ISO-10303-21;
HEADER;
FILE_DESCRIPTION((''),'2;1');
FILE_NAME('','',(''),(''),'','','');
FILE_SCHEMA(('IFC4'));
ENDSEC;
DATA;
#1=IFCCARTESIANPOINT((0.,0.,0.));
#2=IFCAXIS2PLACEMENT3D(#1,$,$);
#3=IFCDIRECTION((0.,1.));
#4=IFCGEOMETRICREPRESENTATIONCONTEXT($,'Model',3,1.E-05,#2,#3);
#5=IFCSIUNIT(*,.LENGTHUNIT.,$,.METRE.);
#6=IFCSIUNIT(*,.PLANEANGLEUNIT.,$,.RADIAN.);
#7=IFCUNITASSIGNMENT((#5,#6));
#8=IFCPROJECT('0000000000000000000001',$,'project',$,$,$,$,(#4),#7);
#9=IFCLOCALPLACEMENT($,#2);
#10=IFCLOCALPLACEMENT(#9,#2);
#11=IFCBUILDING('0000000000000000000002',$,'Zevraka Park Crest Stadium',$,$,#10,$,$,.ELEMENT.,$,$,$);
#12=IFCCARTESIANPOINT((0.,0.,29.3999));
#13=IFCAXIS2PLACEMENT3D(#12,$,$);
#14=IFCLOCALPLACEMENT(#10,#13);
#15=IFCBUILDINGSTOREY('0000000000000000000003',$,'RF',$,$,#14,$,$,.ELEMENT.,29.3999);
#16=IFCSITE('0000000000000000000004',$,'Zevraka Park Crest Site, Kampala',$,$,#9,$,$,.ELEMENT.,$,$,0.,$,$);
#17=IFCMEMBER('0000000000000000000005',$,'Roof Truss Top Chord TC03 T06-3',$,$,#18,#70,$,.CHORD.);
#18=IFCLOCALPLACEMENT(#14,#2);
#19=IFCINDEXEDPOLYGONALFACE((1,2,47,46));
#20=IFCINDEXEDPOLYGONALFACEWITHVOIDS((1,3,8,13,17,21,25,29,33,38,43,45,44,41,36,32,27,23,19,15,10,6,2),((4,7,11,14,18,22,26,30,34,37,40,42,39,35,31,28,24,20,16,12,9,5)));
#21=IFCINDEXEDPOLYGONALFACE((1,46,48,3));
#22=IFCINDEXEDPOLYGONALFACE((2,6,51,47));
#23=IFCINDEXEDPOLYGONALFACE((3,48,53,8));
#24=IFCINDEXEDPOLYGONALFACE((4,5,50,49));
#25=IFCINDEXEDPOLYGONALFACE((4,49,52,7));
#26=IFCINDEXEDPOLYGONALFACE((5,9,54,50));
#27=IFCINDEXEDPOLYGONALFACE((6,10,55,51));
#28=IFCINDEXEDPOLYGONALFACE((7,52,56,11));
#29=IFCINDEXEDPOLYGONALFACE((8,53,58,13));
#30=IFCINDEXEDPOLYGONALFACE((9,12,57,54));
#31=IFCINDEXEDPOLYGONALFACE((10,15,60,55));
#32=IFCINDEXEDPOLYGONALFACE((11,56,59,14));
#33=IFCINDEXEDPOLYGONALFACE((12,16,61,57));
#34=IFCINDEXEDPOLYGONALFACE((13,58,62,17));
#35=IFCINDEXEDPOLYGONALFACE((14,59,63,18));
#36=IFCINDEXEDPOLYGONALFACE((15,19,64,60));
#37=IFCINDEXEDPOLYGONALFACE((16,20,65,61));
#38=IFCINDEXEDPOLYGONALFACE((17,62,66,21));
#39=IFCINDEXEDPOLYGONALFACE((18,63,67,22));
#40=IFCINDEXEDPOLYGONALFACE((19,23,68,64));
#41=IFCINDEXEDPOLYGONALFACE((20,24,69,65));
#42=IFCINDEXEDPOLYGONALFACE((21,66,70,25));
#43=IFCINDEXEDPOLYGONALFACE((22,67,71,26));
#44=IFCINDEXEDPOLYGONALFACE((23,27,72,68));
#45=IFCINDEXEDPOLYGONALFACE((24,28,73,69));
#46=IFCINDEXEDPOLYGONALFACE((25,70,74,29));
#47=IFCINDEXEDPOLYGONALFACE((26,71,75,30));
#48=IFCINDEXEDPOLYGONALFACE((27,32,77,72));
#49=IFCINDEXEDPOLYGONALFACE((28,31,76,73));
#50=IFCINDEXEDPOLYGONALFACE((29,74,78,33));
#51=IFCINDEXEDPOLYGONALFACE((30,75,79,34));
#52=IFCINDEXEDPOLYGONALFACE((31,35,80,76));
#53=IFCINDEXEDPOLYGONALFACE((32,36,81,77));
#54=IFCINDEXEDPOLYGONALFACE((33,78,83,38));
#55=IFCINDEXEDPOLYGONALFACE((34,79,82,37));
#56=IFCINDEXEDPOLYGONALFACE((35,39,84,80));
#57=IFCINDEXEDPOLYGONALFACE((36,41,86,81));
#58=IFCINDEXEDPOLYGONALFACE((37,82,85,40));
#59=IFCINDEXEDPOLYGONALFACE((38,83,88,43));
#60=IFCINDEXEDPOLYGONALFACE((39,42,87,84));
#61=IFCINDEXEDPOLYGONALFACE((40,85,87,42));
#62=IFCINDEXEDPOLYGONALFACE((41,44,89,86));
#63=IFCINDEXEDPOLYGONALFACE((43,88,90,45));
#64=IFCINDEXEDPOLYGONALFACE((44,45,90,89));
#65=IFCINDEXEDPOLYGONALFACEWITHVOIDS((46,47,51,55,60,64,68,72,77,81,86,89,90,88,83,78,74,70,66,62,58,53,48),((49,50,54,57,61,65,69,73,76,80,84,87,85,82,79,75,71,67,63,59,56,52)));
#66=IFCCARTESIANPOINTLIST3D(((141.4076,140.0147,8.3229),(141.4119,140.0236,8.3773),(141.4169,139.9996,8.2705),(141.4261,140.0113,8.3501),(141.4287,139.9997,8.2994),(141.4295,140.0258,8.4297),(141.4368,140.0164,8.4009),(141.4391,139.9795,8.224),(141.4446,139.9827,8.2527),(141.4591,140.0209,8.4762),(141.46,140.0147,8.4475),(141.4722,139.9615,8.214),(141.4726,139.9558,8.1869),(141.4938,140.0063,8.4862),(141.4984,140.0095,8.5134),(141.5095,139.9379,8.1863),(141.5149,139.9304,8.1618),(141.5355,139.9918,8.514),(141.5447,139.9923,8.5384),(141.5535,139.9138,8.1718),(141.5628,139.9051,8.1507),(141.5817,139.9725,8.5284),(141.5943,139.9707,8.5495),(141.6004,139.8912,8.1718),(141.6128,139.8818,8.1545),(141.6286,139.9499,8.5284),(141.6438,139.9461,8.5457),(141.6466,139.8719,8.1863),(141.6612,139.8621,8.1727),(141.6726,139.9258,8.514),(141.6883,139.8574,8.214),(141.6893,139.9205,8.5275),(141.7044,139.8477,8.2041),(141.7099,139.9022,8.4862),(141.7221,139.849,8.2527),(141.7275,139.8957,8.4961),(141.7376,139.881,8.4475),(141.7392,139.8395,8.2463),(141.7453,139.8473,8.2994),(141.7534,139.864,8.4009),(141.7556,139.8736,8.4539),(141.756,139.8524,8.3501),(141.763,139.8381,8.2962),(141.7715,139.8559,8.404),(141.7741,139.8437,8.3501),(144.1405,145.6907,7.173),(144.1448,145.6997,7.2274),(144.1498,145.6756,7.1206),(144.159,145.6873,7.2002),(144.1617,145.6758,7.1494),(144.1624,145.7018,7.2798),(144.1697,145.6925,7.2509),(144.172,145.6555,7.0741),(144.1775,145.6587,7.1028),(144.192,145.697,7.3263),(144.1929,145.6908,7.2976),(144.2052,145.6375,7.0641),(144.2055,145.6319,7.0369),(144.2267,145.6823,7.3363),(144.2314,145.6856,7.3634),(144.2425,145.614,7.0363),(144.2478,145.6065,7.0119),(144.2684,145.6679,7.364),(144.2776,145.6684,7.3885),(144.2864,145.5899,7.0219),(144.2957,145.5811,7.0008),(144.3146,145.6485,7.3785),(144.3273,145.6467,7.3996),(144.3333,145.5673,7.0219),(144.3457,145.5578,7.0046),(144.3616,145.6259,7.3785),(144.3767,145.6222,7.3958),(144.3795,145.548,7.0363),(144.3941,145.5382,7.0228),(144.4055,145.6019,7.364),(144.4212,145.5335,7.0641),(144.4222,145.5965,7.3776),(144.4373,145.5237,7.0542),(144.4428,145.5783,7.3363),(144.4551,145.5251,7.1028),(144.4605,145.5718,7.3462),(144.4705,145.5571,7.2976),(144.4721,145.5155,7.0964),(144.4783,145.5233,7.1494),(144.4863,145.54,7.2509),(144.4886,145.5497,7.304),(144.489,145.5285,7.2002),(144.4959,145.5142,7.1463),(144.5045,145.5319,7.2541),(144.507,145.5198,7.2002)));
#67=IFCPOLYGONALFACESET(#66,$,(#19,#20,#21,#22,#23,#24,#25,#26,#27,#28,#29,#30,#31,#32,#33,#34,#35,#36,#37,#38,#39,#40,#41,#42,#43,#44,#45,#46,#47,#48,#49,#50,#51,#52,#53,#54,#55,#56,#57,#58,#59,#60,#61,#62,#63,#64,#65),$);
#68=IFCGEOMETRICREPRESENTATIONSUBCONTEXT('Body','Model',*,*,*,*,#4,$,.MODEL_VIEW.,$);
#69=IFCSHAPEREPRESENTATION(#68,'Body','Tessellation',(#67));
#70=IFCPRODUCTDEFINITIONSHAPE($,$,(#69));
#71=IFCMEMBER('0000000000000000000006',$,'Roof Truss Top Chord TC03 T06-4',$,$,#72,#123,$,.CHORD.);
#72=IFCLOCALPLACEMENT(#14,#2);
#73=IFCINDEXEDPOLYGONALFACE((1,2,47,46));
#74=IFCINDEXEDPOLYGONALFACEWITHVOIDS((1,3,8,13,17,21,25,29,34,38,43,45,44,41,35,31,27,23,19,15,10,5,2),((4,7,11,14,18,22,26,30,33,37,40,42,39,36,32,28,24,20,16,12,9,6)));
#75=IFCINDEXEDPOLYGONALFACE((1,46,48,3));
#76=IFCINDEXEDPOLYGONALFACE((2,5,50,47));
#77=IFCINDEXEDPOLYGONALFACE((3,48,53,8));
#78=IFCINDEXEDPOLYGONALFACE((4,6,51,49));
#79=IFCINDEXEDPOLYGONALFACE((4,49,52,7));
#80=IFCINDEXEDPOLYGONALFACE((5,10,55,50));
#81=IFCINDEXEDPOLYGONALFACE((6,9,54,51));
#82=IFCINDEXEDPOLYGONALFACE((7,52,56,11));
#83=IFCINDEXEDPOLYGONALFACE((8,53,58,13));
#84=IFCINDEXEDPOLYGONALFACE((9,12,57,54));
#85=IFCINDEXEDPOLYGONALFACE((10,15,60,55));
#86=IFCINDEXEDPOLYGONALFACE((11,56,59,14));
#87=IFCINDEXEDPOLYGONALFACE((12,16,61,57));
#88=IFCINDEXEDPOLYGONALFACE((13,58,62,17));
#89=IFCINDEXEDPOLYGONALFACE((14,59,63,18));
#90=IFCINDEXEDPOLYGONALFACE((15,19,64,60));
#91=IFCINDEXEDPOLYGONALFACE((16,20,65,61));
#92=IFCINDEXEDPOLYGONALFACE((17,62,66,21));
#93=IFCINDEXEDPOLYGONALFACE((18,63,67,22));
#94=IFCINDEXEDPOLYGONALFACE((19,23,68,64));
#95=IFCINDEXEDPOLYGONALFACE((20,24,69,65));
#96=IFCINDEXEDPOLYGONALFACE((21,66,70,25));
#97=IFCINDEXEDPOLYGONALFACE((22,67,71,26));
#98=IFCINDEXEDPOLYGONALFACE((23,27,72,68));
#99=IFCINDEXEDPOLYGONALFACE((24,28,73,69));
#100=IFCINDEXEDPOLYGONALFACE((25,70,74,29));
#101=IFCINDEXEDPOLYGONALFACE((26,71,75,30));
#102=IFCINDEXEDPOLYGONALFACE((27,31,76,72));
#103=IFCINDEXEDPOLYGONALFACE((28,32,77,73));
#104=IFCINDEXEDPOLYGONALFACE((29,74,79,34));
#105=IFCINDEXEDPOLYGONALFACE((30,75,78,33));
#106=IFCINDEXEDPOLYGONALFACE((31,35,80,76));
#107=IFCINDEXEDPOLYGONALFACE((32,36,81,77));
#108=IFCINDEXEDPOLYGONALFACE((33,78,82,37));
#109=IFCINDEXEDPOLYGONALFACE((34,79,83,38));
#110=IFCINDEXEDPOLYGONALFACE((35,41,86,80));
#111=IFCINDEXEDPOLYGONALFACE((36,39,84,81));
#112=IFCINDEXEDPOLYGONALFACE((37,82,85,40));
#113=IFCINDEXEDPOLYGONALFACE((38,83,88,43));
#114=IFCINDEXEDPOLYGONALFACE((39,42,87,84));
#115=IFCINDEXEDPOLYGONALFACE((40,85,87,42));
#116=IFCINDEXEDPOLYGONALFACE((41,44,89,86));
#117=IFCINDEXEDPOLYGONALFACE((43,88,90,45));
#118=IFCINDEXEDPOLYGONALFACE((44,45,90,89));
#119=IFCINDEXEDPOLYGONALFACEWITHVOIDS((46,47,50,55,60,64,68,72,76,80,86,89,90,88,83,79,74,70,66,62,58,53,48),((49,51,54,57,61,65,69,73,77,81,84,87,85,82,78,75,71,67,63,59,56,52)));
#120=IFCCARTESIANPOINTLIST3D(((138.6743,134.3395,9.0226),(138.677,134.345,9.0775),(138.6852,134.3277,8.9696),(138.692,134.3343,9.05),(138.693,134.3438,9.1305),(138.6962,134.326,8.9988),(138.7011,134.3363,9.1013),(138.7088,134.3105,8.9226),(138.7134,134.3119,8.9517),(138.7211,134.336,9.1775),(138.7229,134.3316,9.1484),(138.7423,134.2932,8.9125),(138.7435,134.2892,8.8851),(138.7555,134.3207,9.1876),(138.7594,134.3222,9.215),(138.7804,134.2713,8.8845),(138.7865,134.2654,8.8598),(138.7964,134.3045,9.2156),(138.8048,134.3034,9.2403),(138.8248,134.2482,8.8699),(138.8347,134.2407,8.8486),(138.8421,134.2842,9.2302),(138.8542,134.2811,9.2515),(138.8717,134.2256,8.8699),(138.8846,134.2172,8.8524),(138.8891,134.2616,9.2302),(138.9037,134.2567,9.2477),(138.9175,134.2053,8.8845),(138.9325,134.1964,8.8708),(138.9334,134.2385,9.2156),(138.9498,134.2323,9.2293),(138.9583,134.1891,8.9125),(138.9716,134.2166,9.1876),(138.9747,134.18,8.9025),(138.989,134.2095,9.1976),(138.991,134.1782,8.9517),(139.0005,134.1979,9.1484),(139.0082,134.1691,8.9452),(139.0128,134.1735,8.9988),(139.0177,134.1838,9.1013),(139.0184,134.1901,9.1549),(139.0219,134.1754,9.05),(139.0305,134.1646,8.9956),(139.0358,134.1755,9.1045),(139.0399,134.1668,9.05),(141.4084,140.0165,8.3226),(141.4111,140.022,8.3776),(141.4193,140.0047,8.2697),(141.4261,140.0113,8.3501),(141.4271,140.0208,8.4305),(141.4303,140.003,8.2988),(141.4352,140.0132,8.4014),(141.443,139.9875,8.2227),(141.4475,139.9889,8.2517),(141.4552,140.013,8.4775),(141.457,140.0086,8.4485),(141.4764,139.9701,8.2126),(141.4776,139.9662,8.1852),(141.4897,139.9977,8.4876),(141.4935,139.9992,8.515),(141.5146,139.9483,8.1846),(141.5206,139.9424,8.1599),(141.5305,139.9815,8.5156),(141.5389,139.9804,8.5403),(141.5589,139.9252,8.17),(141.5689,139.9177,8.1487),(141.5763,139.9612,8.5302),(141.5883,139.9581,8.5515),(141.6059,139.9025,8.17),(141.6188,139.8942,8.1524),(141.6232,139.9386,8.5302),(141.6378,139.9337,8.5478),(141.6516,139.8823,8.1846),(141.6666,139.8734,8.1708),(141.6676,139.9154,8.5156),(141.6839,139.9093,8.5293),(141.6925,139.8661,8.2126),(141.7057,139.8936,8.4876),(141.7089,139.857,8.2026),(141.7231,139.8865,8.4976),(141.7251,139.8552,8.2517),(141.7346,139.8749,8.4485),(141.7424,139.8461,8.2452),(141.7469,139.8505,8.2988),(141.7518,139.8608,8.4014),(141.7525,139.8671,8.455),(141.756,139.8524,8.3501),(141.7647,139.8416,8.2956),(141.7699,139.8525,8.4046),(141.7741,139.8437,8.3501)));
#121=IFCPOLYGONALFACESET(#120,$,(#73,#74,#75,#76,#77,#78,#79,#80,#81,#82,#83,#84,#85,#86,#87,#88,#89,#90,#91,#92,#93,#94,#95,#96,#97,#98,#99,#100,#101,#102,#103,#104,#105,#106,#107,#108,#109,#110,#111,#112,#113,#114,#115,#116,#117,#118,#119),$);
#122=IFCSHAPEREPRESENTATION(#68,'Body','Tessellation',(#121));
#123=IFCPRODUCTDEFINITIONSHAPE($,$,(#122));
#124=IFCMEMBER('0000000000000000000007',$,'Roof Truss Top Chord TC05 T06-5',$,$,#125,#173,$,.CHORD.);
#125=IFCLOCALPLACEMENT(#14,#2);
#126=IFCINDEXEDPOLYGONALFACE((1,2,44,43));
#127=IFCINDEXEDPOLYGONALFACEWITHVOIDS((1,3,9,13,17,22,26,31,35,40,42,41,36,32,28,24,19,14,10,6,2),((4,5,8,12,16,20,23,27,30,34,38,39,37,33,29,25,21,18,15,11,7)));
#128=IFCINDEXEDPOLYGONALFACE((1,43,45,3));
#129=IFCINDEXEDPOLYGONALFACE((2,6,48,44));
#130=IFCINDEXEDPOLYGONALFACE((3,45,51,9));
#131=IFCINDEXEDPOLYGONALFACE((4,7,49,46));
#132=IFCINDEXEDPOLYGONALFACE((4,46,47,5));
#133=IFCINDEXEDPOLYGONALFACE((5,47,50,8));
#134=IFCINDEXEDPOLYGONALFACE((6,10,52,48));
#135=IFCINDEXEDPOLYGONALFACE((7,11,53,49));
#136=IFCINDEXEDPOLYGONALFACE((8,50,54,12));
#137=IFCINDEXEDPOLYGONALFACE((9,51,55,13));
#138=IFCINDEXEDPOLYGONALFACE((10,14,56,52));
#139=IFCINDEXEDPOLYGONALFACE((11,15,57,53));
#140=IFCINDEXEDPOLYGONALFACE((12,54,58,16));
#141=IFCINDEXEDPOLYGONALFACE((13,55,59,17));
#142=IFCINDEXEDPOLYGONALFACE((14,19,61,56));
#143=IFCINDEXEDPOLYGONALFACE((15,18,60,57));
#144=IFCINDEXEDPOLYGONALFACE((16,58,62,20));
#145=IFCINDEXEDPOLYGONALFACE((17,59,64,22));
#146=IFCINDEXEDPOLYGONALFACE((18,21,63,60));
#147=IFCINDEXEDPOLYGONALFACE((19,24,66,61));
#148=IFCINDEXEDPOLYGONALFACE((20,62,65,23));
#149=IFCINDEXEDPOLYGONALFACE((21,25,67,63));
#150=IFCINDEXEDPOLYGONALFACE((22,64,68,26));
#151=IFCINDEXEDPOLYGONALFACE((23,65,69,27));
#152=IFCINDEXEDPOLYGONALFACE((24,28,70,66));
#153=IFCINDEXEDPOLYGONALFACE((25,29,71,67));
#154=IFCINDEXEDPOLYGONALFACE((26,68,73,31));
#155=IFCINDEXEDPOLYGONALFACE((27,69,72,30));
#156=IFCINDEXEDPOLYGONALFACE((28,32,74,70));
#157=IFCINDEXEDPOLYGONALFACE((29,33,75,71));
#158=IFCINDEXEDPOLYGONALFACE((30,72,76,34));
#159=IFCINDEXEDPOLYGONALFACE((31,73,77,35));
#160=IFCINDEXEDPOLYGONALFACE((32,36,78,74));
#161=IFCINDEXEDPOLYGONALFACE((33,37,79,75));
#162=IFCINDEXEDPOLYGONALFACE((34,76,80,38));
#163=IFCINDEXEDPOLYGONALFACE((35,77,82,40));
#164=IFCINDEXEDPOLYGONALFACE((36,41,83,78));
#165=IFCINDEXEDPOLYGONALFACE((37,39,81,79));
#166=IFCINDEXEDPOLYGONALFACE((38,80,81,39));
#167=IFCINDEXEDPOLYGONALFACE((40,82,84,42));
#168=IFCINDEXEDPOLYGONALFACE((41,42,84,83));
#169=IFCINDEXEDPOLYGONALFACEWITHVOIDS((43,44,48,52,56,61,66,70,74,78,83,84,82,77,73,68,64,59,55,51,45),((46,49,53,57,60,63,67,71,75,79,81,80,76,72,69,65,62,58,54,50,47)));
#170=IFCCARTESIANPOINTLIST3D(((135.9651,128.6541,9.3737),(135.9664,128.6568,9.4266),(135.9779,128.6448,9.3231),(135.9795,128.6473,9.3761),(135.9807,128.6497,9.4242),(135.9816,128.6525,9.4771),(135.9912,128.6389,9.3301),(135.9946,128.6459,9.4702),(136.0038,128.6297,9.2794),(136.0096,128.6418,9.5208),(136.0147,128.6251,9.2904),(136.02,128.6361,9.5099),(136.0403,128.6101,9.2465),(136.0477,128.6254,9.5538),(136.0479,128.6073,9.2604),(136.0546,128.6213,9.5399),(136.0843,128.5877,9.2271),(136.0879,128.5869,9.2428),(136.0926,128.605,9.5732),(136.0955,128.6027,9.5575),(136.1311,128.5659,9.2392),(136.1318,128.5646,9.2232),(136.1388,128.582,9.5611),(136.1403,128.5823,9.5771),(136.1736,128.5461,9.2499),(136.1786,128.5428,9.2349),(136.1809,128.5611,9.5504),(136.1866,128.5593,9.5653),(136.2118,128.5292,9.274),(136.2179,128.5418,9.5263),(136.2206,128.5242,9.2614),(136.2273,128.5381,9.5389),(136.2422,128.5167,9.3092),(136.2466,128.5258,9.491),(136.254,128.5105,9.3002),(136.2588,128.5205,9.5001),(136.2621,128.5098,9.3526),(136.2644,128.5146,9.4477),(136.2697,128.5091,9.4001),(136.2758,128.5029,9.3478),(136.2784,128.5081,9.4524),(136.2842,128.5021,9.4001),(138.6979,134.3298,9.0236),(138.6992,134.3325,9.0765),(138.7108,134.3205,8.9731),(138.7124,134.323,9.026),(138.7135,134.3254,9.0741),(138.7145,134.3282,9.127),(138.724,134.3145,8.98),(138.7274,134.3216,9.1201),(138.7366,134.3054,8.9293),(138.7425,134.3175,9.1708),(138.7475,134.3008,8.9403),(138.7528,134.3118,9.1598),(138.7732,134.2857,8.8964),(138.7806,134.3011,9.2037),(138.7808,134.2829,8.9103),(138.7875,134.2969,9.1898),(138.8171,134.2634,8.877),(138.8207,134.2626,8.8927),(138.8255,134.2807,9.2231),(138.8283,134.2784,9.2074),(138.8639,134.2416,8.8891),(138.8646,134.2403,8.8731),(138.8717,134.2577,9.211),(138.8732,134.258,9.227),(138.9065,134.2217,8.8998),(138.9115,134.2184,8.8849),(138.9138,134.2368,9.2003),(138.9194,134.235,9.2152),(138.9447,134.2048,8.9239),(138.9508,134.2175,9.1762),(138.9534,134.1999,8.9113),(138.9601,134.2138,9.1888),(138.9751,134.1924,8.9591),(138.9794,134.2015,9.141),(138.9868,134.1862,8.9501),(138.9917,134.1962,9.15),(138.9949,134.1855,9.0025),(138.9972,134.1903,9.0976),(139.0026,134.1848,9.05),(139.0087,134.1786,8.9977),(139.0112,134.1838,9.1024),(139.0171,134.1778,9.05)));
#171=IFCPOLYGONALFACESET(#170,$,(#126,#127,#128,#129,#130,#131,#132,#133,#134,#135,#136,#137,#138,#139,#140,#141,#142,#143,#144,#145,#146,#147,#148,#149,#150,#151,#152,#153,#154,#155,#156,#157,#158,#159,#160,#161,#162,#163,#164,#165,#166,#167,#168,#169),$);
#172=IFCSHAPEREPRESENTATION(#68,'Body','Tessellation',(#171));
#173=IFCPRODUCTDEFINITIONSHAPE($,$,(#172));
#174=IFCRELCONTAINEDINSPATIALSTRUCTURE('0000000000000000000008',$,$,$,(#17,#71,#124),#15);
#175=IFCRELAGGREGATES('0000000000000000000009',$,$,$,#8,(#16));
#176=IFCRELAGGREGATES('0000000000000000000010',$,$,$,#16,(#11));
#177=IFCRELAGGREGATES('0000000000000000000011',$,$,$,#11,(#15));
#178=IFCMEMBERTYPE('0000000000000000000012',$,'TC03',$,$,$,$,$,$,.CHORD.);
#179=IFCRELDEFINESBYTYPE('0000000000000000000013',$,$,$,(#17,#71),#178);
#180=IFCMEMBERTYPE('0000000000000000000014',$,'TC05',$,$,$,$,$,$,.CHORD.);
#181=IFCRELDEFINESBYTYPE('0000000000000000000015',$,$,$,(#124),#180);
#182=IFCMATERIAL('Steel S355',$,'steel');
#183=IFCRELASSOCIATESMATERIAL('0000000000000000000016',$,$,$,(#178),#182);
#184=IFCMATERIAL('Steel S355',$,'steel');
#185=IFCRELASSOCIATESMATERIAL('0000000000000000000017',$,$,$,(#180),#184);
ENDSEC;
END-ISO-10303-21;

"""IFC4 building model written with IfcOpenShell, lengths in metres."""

from ifc_helpers import new_model, si_unit, direction, frame, origin, origin_2d, place, context, subcontext, project, spatial, hollow_circle, extrude, material, material_profile, profile_set, type_object, element, save


model = new_model("IFC4")

# Units and contexts
model_context = context("Model", 3, precision=1e-05, world=origin(), true_north=direction((0.0, 1.0)))
body_context = subcontext(model_context, "Body", "Model", "MODEL_VIEW")
ifc_project = project(units=[si_unit("LENGTHUNIT", "METRE"), si_unit("PLANEANGLEUNIT", "RADIAN")], contexts=[model_context])

# Site, building, storey
site_placement = place(None, origin())
site = spatial("IfcSite", under=ifc_project, at=site_placement, Name="Zevraka Park Crest Site, Kampala", CompositionType="ELEMENT", RefElevation=0.0)
building_placement = place(site_placement, origin())
building = spatial("IfcBuilding", under=site, at=building_placement, Name="Zevraka Park Crest Stadium", CompositionType="ELEMENT")
storey_placement = place(building_placement, frame((0.0, 0.0, 29.3999)))
storey = spatial("IfcBuildingStorey", under=building, at=storey_placement, Name="RF", CompositionType="ELEMENT", Elevation=29.3999)

# Members
ifc_material_1 = material(Name="Steel S355", Category="steel")
ifc_material_profile_1 = material_profile(ifc_material_1, hollow_circle(Radius=0.2031, WallThickness=0.02, at=origin_2d()), Name="CHS 406.4x20")
ifc_profile_set_1 = profile_set([ifc_material_profile_1], Name="Steel S355")
member_type_1 = type_object("IfcMemberType", Name="TC03", PredefinedType="CHORD", material=ifc_profile_set_1)
member_1_placement = place(storey_placement, frame((144.324, 145.6079, 7.2002), z_axis=(-0.426765, -0.886356, 0.179566), x_axis=(0.901001, -0.433817, 0.0)))
element("IfcMember", 1, at=member_1_placement, inside=storey, type_object=member_type_1, Name="Roof Truss Top Chord TC03 T06-3", PredefinedType="CHORD", context=body_context, shape_type="SweptSolid", body=[
    extrude(hollow_circle(Radius=0.2031, WallThickness=0.02, at=origin_2d()), origin(), (0.0, 0.0, 1.0), 6.4038),
])
member_2_placement = place(storey_placement, frame((141.5911, 139.9319, 8.3501), z_axis=(-0.431261, -0.895447, 0.110405), x_axis=(0.900955, -0.433913, 0.0)))
element("IfcMember", 2, at=member_2_placement, inside=storey, type_object=member_type_1, Name="Roof Truss Top Chord TC03 T06-4", PredefinedType="CHORD", context=body_context, shape_type="SweptSolid", body=[
    extrude(hollow_circle(Radius=0.2031, WallThickness=0.02, at=origin_2d()), origin(), (0.0, 0.0, 1.0), 6.3398),
])
ifc_material_2 = material(Name="Steel S355", Category="steel")
ifc_material_profile_2 = material_profile(ifc_material_2, hollow_circle(Radius=0.1777, WallThickness=0.0161, at=origin_2d()), Name="CHS 355.6x16")
ifc_profile_set_2 = profile_set([ifc_material_profile_2], Name="Steel S355")
member_type_2 = type_object("IfcMemberType", Name="TC05", PredefinedType="CHORD", material=ifc_profile_set_2)
member_3_placement = place(storey_placement, frame((138.8569, 134.2549, 9.05), z_axis=(-0.433163, -0.899606, 0.05549), x_axis=(0.900994, -0.433832, 0.0)))
element("IfcMember", 3, at=member_3_placement, inside=storey, type_object=member_type_2, Name="Roof Truss Top Chord TC05 T06-5", PredefinedType="CHORD", context=body_context, shape_type="SweptSolid", body=[
    extrude(hollow_circle(Radius=0.1777, WallThickness=0.0161, at=origin_2d()), origin(), (0.0, 0.0, 1.0), 6.3091),
])

save(model, "model.ifc")
